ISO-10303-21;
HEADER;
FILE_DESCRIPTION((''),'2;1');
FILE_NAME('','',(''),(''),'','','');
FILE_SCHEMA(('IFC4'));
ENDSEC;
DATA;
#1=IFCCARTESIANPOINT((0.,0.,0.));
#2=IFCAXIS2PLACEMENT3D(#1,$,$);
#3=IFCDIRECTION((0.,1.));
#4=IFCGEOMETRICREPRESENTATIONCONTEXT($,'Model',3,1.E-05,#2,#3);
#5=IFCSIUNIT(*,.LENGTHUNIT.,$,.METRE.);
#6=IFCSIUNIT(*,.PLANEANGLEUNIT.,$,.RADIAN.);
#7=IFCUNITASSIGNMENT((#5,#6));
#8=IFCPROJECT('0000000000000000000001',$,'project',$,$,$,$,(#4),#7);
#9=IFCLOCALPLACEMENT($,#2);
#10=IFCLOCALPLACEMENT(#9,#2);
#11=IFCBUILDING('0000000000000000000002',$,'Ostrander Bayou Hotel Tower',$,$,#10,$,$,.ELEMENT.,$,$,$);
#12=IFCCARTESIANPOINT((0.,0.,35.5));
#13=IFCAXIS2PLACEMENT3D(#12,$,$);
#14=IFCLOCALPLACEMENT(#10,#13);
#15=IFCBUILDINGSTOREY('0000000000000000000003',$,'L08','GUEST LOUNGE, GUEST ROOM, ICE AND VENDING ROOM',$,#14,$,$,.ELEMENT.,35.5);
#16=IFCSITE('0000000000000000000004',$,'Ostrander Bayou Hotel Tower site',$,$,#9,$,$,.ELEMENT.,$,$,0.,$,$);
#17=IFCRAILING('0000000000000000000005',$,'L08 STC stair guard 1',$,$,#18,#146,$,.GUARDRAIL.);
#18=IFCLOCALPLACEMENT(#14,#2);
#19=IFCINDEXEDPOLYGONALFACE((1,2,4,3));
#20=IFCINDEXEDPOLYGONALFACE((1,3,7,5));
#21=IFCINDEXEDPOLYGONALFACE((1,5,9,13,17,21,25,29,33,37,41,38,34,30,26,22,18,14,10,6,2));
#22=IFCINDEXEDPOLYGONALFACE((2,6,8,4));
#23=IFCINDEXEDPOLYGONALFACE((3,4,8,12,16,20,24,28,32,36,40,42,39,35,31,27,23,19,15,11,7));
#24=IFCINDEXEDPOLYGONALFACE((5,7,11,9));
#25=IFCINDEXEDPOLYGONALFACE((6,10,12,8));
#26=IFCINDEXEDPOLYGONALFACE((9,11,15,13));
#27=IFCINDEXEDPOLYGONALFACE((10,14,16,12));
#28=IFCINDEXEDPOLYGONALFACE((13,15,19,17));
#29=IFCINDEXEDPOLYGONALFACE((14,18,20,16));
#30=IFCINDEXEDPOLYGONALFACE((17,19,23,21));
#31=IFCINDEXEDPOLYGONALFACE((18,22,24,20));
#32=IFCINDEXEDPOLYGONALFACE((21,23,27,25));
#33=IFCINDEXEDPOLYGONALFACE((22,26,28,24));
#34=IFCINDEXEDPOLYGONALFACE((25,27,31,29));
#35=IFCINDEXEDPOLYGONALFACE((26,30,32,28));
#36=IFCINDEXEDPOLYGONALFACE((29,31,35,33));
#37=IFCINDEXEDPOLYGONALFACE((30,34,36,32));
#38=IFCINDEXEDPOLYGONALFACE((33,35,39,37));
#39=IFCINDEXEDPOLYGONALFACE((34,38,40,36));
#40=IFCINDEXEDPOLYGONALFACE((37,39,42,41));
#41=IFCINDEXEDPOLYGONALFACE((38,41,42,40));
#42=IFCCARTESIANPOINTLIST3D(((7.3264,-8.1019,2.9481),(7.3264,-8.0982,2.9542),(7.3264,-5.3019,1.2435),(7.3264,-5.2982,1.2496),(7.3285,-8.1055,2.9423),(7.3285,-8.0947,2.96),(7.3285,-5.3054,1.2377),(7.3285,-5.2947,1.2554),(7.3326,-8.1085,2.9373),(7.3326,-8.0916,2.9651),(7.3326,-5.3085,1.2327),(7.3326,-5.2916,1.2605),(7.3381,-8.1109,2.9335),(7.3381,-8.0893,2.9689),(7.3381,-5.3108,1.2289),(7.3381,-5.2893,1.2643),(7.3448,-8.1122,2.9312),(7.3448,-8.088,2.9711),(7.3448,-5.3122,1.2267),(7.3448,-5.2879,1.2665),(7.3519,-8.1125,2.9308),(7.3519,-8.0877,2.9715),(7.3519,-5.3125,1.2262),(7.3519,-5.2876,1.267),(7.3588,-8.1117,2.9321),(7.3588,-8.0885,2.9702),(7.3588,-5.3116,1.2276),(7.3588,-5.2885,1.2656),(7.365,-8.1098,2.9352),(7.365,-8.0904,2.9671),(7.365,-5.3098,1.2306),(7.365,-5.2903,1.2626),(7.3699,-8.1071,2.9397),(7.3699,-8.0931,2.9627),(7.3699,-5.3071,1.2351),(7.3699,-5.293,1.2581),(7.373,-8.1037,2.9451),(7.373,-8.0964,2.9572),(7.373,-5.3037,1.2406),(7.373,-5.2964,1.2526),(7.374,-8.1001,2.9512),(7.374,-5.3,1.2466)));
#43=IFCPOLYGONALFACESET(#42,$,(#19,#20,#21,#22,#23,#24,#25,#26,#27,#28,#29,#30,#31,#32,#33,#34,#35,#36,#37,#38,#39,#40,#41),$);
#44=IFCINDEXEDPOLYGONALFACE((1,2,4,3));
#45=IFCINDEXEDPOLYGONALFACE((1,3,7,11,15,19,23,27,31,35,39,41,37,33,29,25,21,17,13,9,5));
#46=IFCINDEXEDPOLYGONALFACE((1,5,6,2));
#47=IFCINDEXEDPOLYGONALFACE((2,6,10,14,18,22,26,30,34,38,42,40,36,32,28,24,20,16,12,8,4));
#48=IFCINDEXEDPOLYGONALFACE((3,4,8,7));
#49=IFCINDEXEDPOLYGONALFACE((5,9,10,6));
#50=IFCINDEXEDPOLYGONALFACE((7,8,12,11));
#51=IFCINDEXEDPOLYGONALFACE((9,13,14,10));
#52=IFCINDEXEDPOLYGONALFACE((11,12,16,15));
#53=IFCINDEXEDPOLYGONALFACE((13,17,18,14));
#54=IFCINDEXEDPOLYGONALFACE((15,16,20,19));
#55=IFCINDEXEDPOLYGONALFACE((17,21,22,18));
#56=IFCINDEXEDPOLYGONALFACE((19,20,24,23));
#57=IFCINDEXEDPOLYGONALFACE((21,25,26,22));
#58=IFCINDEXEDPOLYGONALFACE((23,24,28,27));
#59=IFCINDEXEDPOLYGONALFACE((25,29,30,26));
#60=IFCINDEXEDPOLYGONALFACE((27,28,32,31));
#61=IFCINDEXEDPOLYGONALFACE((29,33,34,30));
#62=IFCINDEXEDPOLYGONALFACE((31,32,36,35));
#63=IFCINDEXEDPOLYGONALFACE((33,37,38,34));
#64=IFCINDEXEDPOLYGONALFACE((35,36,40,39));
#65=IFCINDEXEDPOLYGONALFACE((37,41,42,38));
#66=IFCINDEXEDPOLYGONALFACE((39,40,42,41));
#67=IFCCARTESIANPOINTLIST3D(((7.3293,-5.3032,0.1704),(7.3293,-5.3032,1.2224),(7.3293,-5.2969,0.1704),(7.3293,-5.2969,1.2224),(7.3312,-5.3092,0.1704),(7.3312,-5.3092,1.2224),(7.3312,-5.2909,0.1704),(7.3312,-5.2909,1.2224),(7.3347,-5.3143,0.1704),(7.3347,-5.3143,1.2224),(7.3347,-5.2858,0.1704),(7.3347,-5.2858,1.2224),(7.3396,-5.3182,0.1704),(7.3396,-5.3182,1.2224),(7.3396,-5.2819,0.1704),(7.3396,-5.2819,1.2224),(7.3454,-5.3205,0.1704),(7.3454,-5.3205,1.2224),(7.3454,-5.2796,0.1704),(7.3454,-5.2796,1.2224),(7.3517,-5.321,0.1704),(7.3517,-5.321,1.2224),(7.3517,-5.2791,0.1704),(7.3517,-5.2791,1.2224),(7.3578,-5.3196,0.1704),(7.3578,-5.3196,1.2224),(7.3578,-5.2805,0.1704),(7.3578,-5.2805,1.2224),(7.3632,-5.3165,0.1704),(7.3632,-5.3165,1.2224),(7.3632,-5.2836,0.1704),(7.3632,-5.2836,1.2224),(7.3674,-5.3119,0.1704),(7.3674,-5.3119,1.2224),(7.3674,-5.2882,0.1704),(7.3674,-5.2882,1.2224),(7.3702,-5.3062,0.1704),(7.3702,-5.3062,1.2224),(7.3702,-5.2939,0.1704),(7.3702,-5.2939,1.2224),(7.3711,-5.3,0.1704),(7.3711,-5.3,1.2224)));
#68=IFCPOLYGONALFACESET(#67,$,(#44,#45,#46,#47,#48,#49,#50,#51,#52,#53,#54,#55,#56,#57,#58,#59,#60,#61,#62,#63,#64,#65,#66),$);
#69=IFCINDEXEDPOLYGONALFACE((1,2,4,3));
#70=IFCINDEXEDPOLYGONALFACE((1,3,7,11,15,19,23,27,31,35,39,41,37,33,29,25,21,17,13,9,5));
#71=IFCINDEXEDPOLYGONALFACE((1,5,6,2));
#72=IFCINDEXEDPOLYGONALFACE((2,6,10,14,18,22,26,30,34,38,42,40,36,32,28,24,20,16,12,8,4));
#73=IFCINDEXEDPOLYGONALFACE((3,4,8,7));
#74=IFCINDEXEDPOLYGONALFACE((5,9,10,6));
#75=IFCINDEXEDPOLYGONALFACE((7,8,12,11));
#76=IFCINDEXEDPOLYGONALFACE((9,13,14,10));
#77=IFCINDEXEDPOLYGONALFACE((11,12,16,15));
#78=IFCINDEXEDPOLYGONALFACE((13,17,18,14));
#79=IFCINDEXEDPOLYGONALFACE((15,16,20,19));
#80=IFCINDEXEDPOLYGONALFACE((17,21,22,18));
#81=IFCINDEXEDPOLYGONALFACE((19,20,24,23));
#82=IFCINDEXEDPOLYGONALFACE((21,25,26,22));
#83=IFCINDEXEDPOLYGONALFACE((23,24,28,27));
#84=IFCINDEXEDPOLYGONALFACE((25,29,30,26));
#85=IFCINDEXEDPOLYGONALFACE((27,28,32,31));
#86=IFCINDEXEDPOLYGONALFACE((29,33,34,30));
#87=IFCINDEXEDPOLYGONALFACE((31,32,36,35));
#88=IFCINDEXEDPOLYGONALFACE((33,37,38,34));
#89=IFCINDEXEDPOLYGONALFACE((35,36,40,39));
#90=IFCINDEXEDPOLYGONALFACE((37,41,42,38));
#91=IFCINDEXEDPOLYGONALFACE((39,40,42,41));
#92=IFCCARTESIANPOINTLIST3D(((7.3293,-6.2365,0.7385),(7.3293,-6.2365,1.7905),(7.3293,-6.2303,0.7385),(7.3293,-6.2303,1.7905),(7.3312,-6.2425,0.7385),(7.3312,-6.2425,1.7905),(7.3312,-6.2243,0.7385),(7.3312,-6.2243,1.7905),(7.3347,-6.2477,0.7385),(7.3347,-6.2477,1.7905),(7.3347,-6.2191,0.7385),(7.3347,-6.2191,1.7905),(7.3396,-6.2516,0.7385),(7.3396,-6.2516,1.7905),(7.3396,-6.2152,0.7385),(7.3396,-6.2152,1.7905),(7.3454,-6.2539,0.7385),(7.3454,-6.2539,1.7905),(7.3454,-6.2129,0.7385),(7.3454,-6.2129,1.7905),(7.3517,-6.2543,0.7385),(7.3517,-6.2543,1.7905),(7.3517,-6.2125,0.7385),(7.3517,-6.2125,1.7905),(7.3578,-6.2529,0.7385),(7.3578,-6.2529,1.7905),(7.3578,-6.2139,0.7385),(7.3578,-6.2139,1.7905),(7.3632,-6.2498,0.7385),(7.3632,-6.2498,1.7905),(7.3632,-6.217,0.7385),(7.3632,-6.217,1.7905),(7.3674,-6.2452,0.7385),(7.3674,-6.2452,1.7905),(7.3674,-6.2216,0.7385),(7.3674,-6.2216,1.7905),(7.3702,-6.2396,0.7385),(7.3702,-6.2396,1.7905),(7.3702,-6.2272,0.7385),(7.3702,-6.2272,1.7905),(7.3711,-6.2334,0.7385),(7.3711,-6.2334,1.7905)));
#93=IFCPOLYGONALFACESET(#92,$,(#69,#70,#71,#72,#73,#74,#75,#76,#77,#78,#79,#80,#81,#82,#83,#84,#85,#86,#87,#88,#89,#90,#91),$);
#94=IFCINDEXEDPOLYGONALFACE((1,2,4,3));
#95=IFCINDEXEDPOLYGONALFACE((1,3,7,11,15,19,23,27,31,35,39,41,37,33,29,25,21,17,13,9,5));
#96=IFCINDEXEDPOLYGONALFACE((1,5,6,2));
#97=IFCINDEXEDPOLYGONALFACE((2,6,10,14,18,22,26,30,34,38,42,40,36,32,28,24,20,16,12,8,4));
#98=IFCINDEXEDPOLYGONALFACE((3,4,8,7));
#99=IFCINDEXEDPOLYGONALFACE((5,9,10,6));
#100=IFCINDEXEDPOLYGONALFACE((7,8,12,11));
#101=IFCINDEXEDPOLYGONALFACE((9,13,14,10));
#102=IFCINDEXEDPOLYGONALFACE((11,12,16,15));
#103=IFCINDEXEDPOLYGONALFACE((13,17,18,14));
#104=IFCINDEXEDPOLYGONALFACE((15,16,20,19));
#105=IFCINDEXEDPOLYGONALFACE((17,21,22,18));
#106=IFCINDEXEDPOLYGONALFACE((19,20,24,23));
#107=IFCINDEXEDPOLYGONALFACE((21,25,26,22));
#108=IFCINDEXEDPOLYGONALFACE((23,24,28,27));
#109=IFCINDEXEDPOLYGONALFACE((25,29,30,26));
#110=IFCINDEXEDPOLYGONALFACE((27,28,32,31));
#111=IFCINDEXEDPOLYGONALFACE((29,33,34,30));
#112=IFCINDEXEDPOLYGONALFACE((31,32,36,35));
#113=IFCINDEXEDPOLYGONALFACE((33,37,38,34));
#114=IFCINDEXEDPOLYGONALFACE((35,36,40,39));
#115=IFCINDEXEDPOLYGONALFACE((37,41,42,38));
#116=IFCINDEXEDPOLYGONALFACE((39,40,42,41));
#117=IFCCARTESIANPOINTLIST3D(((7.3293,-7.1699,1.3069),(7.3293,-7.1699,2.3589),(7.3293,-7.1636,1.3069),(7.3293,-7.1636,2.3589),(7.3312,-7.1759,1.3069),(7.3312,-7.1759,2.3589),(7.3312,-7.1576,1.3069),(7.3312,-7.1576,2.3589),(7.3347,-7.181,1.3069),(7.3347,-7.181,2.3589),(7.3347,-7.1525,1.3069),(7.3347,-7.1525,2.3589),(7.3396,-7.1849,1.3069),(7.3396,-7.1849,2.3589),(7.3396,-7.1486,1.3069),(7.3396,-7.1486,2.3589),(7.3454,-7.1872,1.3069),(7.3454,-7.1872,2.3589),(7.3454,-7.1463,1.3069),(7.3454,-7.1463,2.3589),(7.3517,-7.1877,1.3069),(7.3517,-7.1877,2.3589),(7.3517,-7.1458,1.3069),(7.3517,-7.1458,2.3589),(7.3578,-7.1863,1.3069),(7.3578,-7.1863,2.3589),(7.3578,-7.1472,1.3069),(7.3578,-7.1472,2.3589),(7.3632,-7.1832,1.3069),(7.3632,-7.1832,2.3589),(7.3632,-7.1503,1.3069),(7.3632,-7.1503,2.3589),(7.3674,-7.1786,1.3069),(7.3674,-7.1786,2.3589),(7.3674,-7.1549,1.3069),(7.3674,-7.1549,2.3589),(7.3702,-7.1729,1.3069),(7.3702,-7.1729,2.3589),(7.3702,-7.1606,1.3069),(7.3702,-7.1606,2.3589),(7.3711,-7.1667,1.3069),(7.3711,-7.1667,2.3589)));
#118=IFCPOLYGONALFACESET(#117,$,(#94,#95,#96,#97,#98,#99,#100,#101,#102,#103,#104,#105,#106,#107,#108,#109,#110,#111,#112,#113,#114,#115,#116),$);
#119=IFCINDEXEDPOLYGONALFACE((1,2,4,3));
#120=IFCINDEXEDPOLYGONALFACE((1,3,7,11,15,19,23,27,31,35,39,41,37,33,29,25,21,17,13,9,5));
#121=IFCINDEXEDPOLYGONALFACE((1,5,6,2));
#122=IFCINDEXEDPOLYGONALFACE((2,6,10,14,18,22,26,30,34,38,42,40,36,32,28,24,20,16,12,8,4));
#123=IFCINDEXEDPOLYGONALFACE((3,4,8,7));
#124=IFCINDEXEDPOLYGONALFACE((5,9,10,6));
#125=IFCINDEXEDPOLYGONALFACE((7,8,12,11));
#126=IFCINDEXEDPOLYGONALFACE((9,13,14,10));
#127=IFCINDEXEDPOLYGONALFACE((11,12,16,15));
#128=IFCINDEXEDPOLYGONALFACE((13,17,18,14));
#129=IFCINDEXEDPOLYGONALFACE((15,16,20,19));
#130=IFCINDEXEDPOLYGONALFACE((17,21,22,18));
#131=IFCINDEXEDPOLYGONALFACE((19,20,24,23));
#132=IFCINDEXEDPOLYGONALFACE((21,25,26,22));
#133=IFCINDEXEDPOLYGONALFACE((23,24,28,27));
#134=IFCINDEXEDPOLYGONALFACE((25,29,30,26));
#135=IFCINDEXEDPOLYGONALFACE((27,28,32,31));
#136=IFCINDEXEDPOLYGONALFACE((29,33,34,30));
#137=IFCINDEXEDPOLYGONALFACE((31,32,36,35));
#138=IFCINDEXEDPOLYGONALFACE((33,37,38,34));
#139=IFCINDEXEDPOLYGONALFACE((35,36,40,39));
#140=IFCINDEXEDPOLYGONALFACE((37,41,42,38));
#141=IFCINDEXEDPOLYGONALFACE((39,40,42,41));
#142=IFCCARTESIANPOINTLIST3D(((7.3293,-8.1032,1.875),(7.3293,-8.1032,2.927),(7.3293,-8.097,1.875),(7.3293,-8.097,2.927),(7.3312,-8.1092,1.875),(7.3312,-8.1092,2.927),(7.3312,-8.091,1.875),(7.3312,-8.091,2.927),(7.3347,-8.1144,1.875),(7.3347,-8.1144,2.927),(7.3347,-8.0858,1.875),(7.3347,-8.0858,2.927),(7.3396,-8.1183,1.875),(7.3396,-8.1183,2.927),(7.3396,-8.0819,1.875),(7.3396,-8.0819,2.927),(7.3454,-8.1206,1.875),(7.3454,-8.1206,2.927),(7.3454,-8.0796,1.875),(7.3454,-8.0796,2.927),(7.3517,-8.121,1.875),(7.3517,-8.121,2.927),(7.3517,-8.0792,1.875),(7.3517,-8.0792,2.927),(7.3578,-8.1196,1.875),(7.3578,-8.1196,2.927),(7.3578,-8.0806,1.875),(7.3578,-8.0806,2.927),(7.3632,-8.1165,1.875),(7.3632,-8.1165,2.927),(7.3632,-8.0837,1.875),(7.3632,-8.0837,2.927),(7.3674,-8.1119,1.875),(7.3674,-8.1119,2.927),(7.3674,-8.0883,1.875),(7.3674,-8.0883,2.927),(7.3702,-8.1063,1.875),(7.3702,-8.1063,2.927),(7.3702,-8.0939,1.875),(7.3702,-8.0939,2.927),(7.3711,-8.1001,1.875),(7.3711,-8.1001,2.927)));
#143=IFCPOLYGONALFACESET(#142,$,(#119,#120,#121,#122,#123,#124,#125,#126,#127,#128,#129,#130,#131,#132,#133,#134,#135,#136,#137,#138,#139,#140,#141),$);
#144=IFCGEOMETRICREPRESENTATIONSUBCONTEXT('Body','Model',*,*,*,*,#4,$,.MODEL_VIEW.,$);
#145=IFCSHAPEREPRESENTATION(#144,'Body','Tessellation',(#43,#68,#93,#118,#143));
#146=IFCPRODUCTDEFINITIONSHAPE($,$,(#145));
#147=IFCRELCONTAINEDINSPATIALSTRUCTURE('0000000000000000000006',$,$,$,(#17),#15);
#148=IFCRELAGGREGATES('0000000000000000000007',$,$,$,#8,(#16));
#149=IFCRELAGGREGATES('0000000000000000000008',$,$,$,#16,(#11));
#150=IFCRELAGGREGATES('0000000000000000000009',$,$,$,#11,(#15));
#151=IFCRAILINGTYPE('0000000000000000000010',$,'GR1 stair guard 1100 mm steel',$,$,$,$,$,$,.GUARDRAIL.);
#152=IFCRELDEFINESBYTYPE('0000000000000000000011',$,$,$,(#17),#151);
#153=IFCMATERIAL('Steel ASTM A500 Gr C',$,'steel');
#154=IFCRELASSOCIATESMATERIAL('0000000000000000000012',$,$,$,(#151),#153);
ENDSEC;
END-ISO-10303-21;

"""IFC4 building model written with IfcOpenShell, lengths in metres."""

from ifc_helpers import new_model, si_unit, direction, frame, origin, origin_2d, place, context, subcontext, project, spatial, circle, extrude, material, type_object, element, save


model = new_model("IFC4")

# Units and contexts
model_context = context("Model", 3, precision=1e-05, world=origin(), true_north=direction((0.0, 1.0)))
body_context = subcontext(model_context, "Body", "Model", "MODEL_VIEW")
ifc_project = project(units=[si_unit("LENGTHUNIT", "METRE"), si_unit("PLANEANGLEUNIT", "RADIAN")], contexts=[model_context])

# Site, building, storey
site_placement = place(None, origin())
site = spatial("IfcSite", under=ifc_project, at=site_placement, Name="Ostrander Bayou Hotel Tower site", CompositionType="ELEMENT", RefElevation=0.0)
building_placement = place(site_placement, origin())
building = spatial("IfcBuilding", under=site, at=building_placement, Name="Ostrander Bayou Hotel Tower", CompositionType="ELEMENT")
storey_placement = place(building_placement, frame((0.0, 0.0, 35.5)))
storey = spatial("IfcBuildingStorey", under=building, at=storey_placement, Name="L08", Description="GUEST LOUNGE, GUEST ROOM, ICE AND VENDING ROOM", CompositionType="ELEMENT", Elevation=35.5)

# Railing
ifc_material_1 = material(Name="Steel ASTM A500 Gr C", Category="steel")
railing_type_1 = type_object("IfcRailingType", Name="GR1 stair guard 1100 mm steel", PredefinedType="GUARDRAIL", material=ifc_material_1)
railing_1_placement = place(storey_placement, frame((7.3501, -5.3, 0.1704)))
element("IfcRailing", 1, at=railing_1_placement, inside=storey, type_object=railing_type_1, Name="L08 STC stair guard 1", PredefinedType="GUARDRAIL", context=body_context, shape_type="SweptSolid", body=[
    extrude(circle(Radius=0.0239, at=origin_2d()), frame((0.0, 0.0, 1.0762), z_axis=(0.0, -0.85417, 0.519994), x_axis=(1.0, 0.0, 0.0)), (0.0, 0.0, 1.0), 3.2781),
    extrude(circle(Radius=0.021, at=origin_2d()), origin(), (0.0, 0.0, 1.0), 1.052),
    extrude(circle(Radius=0.021, at=origin_2d()), frame((0.0, -0.9333, 0.5681)), (0.0, 0.0, 1.0), 1.052),
    extrude(circle(Radius=0.021, at=origin_2d()), frame((0.0, -1.8667, 1.1365)), (0.0, 0.0, 1.0), 1.052),
    extrude(circle(Radius=0.021, at=origin_2d()), frame((0.0, -2.8, 1.7046)), (0.0, 0.0, 1.0), 1.052),
])

save(model, "model.ifc")
